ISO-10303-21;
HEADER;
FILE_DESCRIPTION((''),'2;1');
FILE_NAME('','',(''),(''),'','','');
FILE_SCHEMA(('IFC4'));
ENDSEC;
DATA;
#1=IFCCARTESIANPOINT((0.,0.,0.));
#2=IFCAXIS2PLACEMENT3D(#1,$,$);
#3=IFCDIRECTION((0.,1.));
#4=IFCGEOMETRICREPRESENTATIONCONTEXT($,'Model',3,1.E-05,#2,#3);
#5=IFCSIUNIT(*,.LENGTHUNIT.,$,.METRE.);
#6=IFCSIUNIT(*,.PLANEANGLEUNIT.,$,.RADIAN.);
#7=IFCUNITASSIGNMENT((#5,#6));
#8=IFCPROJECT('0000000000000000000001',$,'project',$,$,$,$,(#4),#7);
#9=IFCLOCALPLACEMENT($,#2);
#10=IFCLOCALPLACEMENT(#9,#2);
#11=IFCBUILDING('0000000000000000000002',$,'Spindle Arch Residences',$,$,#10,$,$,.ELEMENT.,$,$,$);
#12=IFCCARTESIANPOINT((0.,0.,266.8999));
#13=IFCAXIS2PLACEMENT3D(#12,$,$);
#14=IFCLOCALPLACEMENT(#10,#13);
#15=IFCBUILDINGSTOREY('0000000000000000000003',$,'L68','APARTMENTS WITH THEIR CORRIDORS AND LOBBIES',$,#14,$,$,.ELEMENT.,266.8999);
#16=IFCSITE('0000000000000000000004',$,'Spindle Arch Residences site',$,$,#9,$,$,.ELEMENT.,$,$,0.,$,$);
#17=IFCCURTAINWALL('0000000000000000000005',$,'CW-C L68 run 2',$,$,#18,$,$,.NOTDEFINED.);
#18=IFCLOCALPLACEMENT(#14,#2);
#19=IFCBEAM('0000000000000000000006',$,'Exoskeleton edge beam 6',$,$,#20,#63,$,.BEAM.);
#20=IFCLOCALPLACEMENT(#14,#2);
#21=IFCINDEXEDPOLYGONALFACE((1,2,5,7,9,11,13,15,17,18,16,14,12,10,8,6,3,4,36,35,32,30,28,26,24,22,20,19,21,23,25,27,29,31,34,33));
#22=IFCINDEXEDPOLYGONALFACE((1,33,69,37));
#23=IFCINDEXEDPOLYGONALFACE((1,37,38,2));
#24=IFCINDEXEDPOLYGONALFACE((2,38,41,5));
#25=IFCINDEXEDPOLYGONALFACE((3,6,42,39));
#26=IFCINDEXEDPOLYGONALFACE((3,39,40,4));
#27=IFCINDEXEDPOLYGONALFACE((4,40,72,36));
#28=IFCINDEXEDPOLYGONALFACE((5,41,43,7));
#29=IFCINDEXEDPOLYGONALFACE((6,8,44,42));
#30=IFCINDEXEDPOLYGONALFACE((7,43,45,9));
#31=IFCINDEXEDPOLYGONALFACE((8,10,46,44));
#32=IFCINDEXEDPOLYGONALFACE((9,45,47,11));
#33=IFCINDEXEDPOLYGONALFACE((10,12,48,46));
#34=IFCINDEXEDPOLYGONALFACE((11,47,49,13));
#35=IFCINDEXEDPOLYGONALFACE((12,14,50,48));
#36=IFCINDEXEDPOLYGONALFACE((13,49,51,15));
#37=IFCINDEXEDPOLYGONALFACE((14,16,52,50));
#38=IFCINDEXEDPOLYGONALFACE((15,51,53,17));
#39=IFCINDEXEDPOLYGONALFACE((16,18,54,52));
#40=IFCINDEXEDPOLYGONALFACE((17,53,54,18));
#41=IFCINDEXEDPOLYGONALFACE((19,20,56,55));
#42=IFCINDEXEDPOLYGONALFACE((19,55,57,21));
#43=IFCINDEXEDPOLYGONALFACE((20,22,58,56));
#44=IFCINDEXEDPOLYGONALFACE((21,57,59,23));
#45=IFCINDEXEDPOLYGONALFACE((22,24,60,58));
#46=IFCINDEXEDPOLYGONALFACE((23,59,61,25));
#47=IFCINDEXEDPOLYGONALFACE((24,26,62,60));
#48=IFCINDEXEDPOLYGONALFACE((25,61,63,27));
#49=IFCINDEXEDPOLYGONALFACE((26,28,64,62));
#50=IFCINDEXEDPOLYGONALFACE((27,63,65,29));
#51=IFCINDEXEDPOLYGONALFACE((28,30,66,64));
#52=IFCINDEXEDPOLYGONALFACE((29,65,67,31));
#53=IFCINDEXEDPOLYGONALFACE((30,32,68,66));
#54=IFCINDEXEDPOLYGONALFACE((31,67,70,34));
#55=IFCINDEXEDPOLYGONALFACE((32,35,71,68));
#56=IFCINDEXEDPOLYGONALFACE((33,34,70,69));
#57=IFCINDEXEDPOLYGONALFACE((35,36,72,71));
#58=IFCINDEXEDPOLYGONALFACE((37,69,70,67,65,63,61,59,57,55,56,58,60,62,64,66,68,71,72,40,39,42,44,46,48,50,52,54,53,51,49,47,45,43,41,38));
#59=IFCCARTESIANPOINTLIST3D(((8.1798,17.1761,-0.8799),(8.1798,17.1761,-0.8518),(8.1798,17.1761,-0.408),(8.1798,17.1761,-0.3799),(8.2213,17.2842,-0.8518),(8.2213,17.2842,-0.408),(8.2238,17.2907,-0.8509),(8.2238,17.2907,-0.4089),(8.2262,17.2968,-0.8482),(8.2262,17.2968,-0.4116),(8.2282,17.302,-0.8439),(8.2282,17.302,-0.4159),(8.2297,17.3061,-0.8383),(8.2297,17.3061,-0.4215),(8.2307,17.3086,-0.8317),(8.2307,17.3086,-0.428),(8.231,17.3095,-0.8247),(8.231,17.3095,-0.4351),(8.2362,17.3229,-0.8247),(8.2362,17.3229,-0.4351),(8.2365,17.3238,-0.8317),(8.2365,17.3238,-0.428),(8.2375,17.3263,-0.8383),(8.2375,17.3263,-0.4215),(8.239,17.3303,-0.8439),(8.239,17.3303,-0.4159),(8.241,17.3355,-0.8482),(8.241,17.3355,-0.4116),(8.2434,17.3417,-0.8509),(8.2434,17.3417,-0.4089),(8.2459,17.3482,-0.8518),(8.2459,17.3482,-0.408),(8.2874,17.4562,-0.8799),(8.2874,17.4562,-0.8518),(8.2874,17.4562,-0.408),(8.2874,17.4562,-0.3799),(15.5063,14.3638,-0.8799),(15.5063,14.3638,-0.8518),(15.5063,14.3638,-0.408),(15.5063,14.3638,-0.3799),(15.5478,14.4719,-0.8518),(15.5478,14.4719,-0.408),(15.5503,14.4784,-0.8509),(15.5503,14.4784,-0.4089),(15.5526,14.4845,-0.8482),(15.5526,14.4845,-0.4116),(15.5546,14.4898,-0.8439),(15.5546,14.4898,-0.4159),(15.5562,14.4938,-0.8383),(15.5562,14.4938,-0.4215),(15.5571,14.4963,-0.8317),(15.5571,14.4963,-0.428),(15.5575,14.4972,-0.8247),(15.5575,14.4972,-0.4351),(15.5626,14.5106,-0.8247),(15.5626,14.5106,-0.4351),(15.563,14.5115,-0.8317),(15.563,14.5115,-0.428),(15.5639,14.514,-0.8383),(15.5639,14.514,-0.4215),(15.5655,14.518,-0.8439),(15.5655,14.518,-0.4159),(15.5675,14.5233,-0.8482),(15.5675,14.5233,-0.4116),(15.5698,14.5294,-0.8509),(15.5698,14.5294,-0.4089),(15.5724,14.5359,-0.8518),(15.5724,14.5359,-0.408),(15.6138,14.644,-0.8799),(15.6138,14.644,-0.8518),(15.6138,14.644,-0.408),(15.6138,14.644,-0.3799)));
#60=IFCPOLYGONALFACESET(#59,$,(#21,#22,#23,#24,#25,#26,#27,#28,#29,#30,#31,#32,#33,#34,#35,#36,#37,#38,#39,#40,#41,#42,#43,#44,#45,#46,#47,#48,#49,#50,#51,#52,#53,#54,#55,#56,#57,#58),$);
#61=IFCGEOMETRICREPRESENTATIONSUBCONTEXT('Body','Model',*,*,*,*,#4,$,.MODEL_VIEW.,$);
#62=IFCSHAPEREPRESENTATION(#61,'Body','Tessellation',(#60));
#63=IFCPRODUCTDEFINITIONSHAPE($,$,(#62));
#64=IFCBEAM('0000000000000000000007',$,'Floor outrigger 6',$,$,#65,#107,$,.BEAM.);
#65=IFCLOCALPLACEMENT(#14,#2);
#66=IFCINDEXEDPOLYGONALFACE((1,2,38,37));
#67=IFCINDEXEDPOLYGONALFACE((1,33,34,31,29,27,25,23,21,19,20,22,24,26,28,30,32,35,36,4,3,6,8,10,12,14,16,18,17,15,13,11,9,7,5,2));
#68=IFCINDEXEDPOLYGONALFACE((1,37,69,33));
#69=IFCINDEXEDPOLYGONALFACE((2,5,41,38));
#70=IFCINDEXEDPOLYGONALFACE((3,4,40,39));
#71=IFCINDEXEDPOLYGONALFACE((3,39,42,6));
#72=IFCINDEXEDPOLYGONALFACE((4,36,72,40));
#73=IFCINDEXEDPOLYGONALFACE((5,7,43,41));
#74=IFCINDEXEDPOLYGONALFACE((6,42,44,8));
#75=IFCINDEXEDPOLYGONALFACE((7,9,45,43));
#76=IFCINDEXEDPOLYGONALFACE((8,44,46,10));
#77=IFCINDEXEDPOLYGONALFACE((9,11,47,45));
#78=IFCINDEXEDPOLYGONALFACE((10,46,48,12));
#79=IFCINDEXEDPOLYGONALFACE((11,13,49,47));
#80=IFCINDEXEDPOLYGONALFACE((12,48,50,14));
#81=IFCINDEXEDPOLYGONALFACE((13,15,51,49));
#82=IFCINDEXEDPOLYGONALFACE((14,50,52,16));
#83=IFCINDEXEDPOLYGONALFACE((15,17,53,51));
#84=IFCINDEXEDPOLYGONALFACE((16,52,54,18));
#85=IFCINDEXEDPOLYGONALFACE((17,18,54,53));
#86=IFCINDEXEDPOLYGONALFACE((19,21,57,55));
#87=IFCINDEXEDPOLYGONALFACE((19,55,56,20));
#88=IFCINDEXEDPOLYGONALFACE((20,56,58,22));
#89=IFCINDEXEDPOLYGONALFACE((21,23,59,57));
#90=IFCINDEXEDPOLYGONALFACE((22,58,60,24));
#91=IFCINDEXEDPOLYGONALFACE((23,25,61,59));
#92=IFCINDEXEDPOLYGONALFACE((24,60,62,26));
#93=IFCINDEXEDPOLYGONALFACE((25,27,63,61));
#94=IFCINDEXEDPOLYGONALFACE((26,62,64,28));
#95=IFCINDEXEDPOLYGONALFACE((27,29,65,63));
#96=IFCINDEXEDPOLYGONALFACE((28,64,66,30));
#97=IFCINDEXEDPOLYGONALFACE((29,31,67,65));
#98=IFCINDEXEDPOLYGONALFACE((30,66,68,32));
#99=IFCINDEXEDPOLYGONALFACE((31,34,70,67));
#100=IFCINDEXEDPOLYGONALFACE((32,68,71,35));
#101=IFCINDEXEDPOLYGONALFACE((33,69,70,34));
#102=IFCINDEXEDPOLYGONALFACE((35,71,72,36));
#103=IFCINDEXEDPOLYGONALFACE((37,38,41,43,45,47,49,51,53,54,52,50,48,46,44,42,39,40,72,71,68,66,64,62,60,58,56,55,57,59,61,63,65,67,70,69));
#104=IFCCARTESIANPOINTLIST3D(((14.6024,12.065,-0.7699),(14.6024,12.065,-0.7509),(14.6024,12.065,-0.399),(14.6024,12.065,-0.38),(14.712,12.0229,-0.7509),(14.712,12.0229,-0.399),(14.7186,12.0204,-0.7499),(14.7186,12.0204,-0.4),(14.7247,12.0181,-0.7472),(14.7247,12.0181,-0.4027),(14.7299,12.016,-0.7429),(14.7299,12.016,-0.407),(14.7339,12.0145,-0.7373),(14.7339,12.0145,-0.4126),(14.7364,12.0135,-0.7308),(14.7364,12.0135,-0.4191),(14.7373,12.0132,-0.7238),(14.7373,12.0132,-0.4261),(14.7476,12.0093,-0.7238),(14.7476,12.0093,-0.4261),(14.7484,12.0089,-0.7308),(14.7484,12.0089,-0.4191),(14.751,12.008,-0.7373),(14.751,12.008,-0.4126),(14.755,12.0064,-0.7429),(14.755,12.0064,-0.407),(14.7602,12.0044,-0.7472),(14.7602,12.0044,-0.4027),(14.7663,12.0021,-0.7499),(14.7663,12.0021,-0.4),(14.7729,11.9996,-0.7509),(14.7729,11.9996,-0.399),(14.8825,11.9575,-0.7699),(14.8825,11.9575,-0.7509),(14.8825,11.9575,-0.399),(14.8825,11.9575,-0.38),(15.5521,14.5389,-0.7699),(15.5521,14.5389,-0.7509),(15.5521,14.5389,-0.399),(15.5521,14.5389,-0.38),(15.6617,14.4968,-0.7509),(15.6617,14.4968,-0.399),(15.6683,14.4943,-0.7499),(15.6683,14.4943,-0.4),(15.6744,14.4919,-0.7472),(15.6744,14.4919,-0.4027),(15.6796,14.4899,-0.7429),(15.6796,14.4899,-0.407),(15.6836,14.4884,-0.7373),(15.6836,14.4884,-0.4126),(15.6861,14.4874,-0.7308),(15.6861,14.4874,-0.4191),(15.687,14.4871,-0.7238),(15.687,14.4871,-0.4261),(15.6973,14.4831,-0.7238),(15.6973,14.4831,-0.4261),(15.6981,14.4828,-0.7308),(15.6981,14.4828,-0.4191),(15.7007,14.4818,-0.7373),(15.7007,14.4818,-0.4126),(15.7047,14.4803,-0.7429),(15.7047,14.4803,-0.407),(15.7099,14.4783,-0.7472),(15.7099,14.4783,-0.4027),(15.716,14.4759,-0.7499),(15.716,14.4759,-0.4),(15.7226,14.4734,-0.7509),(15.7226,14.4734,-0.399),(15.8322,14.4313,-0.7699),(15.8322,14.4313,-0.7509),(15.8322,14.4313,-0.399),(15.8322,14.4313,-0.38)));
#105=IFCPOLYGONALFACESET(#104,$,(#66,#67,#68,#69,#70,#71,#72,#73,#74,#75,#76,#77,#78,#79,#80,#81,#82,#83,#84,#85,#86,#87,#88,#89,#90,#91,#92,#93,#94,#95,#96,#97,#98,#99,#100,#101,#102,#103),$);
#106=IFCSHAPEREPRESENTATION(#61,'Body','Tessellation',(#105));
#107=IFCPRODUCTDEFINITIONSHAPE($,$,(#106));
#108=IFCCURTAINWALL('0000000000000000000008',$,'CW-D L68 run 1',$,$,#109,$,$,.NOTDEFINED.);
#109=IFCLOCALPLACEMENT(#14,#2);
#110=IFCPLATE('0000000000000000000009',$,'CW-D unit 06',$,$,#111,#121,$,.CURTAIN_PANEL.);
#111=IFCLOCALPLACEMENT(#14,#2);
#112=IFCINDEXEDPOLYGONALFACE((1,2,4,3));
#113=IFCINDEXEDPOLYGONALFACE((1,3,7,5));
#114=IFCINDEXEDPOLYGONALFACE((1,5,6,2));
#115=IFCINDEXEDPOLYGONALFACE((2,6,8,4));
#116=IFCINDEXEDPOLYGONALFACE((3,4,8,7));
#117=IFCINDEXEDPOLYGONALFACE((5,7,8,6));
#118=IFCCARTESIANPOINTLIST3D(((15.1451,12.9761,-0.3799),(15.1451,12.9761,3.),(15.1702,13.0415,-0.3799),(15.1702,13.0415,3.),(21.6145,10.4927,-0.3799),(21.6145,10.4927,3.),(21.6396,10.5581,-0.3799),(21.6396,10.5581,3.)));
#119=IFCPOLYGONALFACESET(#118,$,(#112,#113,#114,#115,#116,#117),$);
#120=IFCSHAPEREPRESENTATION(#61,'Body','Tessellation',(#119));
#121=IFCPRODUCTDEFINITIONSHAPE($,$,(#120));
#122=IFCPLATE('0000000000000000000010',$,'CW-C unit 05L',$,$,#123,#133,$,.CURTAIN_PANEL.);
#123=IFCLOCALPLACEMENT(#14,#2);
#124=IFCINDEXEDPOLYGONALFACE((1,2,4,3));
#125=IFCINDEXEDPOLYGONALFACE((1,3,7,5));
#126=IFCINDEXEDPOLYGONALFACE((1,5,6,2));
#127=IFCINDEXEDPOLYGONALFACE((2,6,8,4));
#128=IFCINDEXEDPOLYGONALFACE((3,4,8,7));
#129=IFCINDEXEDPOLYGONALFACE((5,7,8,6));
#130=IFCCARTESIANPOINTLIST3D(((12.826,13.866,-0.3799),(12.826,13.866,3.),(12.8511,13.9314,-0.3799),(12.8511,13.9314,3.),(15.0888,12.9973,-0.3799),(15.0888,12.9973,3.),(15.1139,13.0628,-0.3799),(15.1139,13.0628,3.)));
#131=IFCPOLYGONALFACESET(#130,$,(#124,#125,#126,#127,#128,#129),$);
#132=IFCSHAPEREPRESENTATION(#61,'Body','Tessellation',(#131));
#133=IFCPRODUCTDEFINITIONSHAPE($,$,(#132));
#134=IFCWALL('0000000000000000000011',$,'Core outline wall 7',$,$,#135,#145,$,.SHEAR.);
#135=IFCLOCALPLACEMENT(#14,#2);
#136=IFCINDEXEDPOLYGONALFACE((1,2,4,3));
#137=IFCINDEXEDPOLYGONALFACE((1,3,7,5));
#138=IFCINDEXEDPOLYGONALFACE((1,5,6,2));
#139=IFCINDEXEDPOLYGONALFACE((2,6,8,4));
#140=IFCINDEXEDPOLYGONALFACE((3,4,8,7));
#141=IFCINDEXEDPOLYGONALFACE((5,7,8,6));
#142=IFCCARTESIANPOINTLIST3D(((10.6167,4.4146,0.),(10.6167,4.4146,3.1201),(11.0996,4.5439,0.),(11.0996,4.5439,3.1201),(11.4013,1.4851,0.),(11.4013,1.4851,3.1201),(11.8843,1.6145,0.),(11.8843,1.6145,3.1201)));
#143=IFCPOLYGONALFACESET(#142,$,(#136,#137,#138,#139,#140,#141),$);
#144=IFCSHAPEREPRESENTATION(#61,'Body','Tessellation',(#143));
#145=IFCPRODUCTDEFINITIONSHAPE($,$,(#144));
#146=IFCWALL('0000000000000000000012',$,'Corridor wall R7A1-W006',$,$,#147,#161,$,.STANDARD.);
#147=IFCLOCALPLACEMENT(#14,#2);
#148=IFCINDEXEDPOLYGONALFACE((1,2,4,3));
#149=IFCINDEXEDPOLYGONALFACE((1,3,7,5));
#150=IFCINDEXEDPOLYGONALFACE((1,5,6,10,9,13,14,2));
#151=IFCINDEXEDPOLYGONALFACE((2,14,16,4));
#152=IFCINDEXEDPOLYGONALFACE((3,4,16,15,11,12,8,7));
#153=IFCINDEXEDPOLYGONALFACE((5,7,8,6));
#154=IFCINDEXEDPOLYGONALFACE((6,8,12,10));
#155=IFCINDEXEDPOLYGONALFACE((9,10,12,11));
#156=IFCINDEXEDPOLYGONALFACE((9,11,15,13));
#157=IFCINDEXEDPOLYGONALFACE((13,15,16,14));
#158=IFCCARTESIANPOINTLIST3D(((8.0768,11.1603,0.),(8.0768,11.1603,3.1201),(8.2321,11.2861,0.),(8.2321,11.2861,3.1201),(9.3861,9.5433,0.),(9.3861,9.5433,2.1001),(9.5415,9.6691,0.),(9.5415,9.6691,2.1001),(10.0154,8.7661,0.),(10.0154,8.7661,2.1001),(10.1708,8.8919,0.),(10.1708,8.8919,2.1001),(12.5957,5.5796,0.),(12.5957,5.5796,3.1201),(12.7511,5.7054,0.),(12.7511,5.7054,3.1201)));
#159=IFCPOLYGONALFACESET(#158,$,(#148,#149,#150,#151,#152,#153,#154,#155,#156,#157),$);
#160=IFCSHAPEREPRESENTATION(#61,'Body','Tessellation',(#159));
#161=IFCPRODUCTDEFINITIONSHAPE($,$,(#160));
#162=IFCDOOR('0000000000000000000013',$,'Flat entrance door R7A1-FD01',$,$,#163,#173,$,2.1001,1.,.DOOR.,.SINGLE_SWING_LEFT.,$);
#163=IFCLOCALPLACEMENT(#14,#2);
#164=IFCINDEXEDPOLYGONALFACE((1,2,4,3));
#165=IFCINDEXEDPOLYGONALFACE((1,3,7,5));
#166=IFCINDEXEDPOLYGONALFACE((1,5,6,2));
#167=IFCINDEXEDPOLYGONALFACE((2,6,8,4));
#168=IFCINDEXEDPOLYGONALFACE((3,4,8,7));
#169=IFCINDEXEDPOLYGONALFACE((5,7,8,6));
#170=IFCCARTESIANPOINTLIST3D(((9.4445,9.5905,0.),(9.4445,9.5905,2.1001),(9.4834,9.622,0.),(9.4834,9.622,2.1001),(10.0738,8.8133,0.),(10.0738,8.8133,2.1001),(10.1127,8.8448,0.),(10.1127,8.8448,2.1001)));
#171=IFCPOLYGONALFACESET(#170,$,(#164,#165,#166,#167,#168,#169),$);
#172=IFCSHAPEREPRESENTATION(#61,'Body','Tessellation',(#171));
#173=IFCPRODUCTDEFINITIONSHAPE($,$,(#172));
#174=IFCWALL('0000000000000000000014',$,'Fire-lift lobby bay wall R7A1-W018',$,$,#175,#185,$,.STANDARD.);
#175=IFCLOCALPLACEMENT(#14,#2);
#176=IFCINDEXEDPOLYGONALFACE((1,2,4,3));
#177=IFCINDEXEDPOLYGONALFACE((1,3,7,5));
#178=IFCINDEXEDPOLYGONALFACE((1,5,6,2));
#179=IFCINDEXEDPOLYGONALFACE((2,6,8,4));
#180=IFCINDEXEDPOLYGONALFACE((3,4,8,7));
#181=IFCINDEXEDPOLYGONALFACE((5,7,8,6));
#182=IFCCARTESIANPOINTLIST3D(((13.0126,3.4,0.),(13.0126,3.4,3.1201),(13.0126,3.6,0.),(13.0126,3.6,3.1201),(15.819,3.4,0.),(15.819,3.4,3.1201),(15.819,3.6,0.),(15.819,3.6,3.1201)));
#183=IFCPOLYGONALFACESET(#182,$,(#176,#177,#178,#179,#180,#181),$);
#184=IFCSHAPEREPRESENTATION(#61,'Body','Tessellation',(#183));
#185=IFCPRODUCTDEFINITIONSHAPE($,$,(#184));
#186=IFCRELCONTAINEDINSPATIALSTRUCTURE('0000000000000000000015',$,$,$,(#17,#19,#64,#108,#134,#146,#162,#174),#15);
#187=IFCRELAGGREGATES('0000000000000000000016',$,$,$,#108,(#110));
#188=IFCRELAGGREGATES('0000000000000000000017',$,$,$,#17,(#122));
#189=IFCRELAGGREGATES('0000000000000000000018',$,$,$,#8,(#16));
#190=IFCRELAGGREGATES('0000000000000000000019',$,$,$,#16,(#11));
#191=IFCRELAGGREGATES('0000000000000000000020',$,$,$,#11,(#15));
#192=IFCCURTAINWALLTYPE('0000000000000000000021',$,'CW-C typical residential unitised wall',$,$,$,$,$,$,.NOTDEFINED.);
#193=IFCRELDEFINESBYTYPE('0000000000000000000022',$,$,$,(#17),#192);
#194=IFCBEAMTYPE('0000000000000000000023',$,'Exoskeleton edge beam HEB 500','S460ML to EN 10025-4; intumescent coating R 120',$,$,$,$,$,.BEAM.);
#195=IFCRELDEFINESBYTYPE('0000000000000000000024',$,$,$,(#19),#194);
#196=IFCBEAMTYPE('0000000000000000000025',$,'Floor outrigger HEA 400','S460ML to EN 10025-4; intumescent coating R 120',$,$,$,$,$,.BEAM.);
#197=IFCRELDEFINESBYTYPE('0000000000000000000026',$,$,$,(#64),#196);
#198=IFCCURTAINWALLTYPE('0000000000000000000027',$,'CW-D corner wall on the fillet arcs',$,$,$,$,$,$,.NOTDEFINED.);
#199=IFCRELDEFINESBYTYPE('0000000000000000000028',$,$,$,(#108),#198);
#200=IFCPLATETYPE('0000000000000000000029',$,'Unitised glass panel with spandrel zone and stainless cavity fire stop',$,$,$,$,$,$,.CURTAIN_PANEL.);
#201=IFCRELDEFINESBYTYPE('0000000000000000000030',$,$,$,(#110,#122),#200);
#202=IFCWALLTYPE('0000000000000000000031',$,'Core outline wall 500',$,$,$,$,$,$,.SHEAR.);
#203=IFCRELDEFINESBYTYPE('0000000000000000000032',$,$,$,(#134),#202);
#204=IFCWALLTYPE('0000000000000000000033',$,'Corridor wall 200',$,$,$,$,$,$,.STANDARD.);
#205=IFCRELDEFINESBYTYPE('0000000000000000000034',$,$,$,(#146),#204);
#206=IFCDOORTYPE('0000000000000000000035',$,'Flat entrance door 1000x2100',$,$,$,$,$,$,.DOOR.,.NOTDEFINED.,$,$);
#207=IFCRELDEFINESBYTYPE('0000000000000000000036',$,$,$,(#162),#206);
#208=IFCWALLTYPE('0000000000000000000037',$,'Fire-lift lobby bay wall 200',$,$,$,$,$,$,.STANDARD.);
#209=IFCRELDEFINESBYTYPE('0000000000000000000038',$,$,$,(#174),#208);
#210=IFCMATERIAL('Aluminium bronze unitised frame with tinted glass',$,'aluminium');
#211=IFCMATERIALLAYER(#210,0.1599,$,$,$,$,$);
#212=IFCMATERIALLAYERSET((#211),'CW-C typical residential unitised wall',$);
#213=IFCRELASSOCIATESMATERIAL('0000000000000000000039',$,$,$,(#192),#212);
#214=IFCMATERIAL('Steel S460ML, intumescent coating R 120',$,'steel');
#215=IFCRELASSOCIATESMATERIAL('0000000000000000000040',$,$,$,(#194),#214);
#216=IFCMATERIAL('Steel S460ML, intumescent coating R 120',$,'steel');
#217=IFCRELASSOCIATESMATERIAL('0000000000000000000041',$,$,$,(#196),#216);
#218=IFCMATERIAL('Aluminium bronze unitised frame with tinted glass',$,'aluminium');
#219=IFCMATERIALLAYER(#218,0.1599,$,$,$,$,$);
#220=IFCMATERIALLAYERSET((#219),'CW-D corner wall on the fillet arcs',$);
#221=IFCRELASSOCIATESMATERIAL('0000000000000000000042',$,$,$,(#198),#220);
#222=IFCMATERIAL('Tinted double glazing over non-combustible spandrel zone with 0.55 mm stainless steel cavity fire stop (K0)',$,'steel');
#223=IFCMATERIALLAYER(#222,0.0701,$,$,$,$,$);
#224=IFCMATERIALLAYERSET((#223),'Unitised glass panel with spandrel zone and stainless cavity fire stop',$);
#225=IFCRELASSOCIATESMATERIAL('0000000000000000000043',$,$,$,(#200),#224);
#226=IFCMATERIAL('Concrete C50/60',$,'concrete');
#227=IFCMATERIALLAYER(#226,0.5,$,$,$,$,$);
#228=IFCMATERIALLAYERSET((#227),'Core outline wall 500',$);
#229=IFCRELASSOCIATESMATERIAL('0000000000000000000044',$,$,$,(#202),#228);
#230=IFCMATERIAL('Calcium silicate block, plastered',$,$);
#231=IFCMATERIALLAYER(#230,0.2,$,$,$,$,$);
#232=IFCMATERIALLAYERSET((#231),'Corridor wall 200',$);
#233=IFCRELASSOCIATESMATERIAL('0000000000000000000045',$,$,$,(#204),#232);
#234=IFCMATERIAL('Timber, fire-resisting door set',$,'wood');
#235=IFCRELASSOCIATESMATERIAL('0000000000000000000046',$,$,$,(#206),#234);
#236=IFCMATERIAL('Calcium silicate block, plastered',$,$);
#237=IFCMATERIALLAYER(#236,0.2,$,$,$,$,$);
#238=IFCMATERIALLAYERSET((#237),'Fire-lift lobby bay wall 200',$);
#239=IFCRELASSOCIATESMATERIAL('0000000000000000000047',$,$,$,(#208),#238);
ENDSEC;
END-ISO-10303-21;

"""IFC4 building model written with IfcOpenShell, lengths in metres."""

from ifc_helpers import new_model, si_unit, direction, frame, frame_2d, origin, origin_2d, place, context, subcontext, project, spatial, rectangle, i_section, extrude, material, layer, layer_set, material_profile, profile_set, type_object, element, fill, aggregate, save


model = new_model("IFC4")

# Units and contexts
model_context = context("Model", 3, precision=1e-05, world=origin(), true_north=direction((0.0, 1.0)))
body_context = subcontext(model_context, "Body", "Model", "MODEL_VIEW")
ifc_project = project(units=[si_unit("LENGTHUNIT", "METRE"), si_unit("PLANEANGLEUNIT", "RADIAN")], contexts=[model_context])

# Site, building, storey
site_placement = place(None, origin())
site = spatial("IfcSite", under=ifc_project, at=site_placement, Name="Spindle Arch Residences site", CompositionType="ELEMENT", RefElevation=0.0)
building_placement = place(site_placement, origin())
building = spatial("IfcBuilding", under=site, at=building_placement, Name="Spindle Arch Residences", CompositionType="ELEMENT")
storey_placement = place(building_placement, frame((0.0, 0.0, 266.8999)))
storey = spatial("IfcBuildingStorey", under=building, at=storey_placement, Name="L68", Description="APARTMENTS WITH THEIR CORRIDORS AND LOBBIES", CompositionType="ELEMENT", Elevation=266.8999)

# Curtain wall
ifc_material_1 = material(Name="Aluminium bronze unitised frame with tinted glass", Category="aluminium")
ifc_layer_1 = layer(ifc_material_1, 0.1599)
ifc_layer_set_1 = layer_set([ifc_layer_1], Name="CW-C typical residential unitised wall")
curtain_wall_type_1 = type_object("IfcCurtainWallType", Name="CW-C typical residential unitised wall", PredefinedType="NOTDEFINED", material=ifc_layer_set_1)
curtain_wall_1_placement = place(storey_placement, origin())
curtain_wall_1 = element("IfcCurtainWall", 1, at=curtain_wall_1_placement, inside=storey, type_object=curtain_wall_type_1, Name="CW-C L68 run 2", PredefinedType="NOTDEFINED")

# Beams
ifc_material_2 = material(Name="Steel S460ML, intumescent coating R 120", Category="steel")
ifc_material_profile_1 = material_profile(ifc_material_2, i_section(OverallWidth=0.3, OverallDepth=0.5, WebThickness=0.0144, FlangeThickness=0.0281, FilletRadius=0.0271, at=origin_2d()), Name="HEB 500")
ifc_profile_set_1 = profile_set([ifc_material_profile_1], Name="Steel S460ML, intumescent coating R 120")
beam_type_1 = type_object("IfcBeamType", Name="Exoskeleton edge beam HEB 500", Description="S460ML to EN 10025-4; intumescent coating R 120", PredefinedType="BEAM", material=ifc_profile_set_1)
beam_1_placement = place(storey_placement, frame((15.5601, 14.5039, -0.6299), z_axis=(-0.933584, 0.358358, 0.0), x_axis=(-0.358358, -0.933584, 0.0)))
element("IfcBeam", 2, at=beam_1_placement, inside=storey, type_object=beam_type_1, Name="Exoskeleton edge beam 6", PredefinedType="BEAM", context=body_context, shape_type="SweptSolid", body=[
    extrude(i_section(OverallWidth=0.3, OverallDepth=0.5, WebThickness=0.0144, FlangeThickness=0.0281, FilletRadius=0.0271, at=origin_2d()), origin(), (0.0, 0.0, 1.0), 7.8477),
])
ifc_material_3 = material(Name="Steel S460ML, intumescent coating R 120", Category="steel")
ifc_material_profile_2 = material_profile(ifc_material_3, i_section(OverallWidth=0.3, OverallDepth=0.3899, WebThickness=0.011, FlangeThickness=0.019, FilletRadius=0.0271, at=origin_2d()), Name="HEA 400")
ifc_profile_set_2 = profile_set([ifc_material_profile_2], Name="Steel S460ML, intumescent coating R 120")
beam_type_2 = type_object("IfcBeamType", Name="Floor outrigger HEA 400", Description="S460ML to EN 10025-4; intumescent coating R 120", PredefinedType="BEAM", material=ifc_profile_set_2)
beam_2_placement = place(storey_placement, frame((15.6921, 14.4851, -0.575), z_axis=(-0.358392, -0.933571, 0.0), x_axis=(0.933571, -0.358392, 0.0)))
element("IfcBeam", 3, at=beam_2_placement, inside=storey, type_object=beam_type_2, Name="Floor outrigger 6", PredefinedType="BEAM", context=body_context, shape_type="SweptSolid", body=[
    extrude(i_section(OverallWidth=0.3, OverallDepth=0.3899, WebThickness=0.011, FlangeThickness=0.019, FilletRadius=0.0271, at=origin_2d()), origin(), (0.0, 0.0, 1.0), 2.6499),
])

# Curtain wall, plate
ifc_material_4 = material(Name="Aluminium bronze unitised frame with tinted glass", Category="aluminium")
ifc_layer_2 = layer(ifc_material_4, 0.1599)
ifc_layer_set_2 = layer_set([ifc_layer_2], Name="CW-D corner wall on the fillet arcs")
curtain_wall_type_2 = type_object("IfcCurtainWallType", Name="CW-D corner wall on the fillet arcs", PredefinedType="NOTDEFINED", material=ifc_layer_set_2)
curtain_wall_2_placement = place(storey_placement, origin())
curtain_wall_2 = element("IfcCurtainWall", 4, at=curtain_wall_2_placement, inside=storey, type_object=curtain_wall_type_2, Name="CW-D L68 run 1", PredefinedType="NOTDEFINED")
ifc_material_5 = material(Name="Tinted double glazing over non-combustible spandrel zone with 0.55 mm stainless steel cavity fire stop (K0)", Category="steel")
ifc_layer_3 = layer(ifc_material_5, 0.0701)
ifc_layer_set_3 = layer_set([ifc_layer_3], Name="Unitised glass panel with spandrel zone and stainless cavity fire stop")
plate_type = type_object("IfcPlateType", Name="Unitised glass panel with spandrel zone and stainless cavity fire stop", PredefinedType="CURTAIN_PANEL", material=ifc_layer_set_3)
plate_1_placement = place(storey_placement, frame((18.3923, 11.7671, -0.3799), z_axis=(0.0, 0.0, 1.0), x_axis=(-0.93358, 0.358368, 0.0)))
plate_1 = element("IfcPlate", 5, at=plate_1_placement, type_object=plate_type, Name="CW-D unit 06", PredefinedType="CURTAIN_PANEL", context=body_context, shape_type="SweptSolid", body=[
    extrude(rectangle(XDim=6.9297, YDim=0.0701, at=origin_2d()), origin(), (0.0, 0.0, 1.0), 3.3799),
])
aggregate(curtain_wall_2, [plate_1])

# Plate
plate_2_placement = place(storey_placement, frame((13.97, 13.4644, -0.3799), z_axis=(0.0, 0.0, 1.0), x_axis=(-0.93358, 0.358368, 0.0)))
plate_2 = element("IfcPlate", 6, at=plate_2_placement, type_object=plate_type, Name="CW-C unit 05L", PredefinedType="CURTAIN_PANEL", context=body_context, shape_type="SweptSolid", body=[
    extrude(rectangle(XDim=2.4238, YDim=0.0701, at=origin_2d()), origin(), (0.0, 0.0, 1.0), 3.3799),
])
aggregate(curtain_wall_1, [plate_2])

# Wall
ifc_material_6 = material(Name="Concrete C50/60", Category="concrete")
ifc_layer_4 = layer(ifc_material_6, 0.5)
ifc_layer_set_4 = layer_set([ifc_layer_4], Name="Core outline wall 500")
wall_type_1 = type_object("IfcWallType", Name="Core outline wall 500", PredefinedType="SHEAR", material=ifc_layer_set_4)
wall_1_placement = place(storey_placement, frame((11.6428, 1.5498, 0.0), z_axis=(0.0, 0.0, 1.0), x_axis=(-0.258735, 0.965948, 0.0)))
element("IfcWall", 7, at=wall_1_placement, inside=storey, type_object=wall_type_1, Name="Core outline wall 7", PredefinedType="SHEAR", context=body_context, shape_type="SweptSolid", body=[
    extrude(rectangle(XDim=3.0327, YDim=0.5, at=frame_2d((1.5164, 0.0))), origin(), (0.0, 0.0, 1.0), 3.1201),
])

# Wall, opening, door
ifc_material_7 = material(Name="Calcium silicate block, plastered")
ifc_layer_5 = layer(ifc_material_7, 0.2)
ifc_layer_set_5 = layer_set([ifc_layer_5], Name="Corridor wall 200")
wall_type_2 = type_object("IfcWallType", Name="Corridor wall 200", PredefinedType="STANDARD", material=ifc_layer_set_5)
wall_2_placement = place(storey_placement, frame((12.6733, 5.6426, 0.0), z_axis=(0.0, 0.0, 1.0), x_axis=(-0.629303, 0.77716, 0.0)))
wall_2 = element("IfcWall", 8, at=wall_2_placement, inside=storey, type_object=wall_type_2, Name="Corridor wall R7A1-W006", PredefinedType="STANDARD", context=body_context, shape_type="SweptSolid", body=[
    extrude(rectangle(XDim=7.1809, YDim=0.2, at=frame_2d((3.5903, 0.0))), origin(), (0.0, 0.0, 1.0), 3.1201),
])
opening_1_placement = place(wall_2_placement, frame((4.1001, 0.0, 0.0)))
opening_1 = element("IfcOpeningElement", 9, at=opening_1_placement, cuts=wall_2, PredefinedType="OPENING", context=body_context, shape_type="SweptSolid", body=[
    extrude(rectangle(XDim=1.0, YDim=2.1001, at=frame_2d((0.5, 1.05))), frame((0.0, 0.1099, 0.0), z_axis=(0.0, -1.0, 0.0), x_axis=(1.0, 0.0, 0.0)), (0.0, 0.0, 1.0), 0.22),
])
ifc_material_8 = material(Name="Timber, fire-resisting door set", Category="wood")
door_type_1 = type_object("IfcDoorType", Name="Flat entrance door 1000x2100", OperationType="NOTDEFINED", PredefinedType="DOOR", material=ifc_material_8)
door_1_placement = place(opening_1_placement, origin())
door_1 = element("IfcDoor", 10, at=door_1_placement, inside=storey, type_object=door_type_1, Name="Flat entrance door R7A1-FD01", OperationType="SINGLE_SWING_LEFT", OverallHeight=2.1001, OverallWidth=1.0, PredefinedType="DOOR", context=body_context, shape_type="SweptSolid", body=[
    extrude(rectangle(XDim=1.0, YDim=2.1001, at=frame_2d((0.5, 1.05))), frame((0.0, 0.0249, 0.0), z_axis=(0.0, -1.0, 0.0), x_axis=(1.0, 0.0, 0.0)), (0.0, 0.0, 1.0), 0.05),
])
fill(opening_1, door_1)

# Wall
ifc_material_9 = material(Name="Calcium silicate block, plastered")
ifc_layer_6 = layer(ifc_material_9, 0.2)
ifc_layer_set_6 = layer_set([ifc_layer_6], Name="Fire-lift lobby bay wall 200")
wall_type_3 = type_object("IfcWallType", Name="Fire-lift lobby bay wall 200", PredefinedType="STANDARD", material=ifc_layer_set_6)
wall_3_placement = place(storey_placement, frame((15.8191, 3.5, 0.0), z_axis=(0.0, 0.0, 1.0), x_axis=(-1.0, 0.0, 0.0)))
element("IfcWall", 11, at=wall_3_placement, inside=storey, type_object=wall_type_3, Name="Fire-lift lobby bay wall R7A1-W018", PredefinedType="STANDARD", context=body_context, shape_type="SweptSolid", body=[
    extrude(rectangle(XDim=2.8064, YDim=0.2, at=frame_2d((1.4033, 0.0))), origin(), (0.0, 0.0, 1.0), 3.1201),
])

save(model, "model.ifc")
